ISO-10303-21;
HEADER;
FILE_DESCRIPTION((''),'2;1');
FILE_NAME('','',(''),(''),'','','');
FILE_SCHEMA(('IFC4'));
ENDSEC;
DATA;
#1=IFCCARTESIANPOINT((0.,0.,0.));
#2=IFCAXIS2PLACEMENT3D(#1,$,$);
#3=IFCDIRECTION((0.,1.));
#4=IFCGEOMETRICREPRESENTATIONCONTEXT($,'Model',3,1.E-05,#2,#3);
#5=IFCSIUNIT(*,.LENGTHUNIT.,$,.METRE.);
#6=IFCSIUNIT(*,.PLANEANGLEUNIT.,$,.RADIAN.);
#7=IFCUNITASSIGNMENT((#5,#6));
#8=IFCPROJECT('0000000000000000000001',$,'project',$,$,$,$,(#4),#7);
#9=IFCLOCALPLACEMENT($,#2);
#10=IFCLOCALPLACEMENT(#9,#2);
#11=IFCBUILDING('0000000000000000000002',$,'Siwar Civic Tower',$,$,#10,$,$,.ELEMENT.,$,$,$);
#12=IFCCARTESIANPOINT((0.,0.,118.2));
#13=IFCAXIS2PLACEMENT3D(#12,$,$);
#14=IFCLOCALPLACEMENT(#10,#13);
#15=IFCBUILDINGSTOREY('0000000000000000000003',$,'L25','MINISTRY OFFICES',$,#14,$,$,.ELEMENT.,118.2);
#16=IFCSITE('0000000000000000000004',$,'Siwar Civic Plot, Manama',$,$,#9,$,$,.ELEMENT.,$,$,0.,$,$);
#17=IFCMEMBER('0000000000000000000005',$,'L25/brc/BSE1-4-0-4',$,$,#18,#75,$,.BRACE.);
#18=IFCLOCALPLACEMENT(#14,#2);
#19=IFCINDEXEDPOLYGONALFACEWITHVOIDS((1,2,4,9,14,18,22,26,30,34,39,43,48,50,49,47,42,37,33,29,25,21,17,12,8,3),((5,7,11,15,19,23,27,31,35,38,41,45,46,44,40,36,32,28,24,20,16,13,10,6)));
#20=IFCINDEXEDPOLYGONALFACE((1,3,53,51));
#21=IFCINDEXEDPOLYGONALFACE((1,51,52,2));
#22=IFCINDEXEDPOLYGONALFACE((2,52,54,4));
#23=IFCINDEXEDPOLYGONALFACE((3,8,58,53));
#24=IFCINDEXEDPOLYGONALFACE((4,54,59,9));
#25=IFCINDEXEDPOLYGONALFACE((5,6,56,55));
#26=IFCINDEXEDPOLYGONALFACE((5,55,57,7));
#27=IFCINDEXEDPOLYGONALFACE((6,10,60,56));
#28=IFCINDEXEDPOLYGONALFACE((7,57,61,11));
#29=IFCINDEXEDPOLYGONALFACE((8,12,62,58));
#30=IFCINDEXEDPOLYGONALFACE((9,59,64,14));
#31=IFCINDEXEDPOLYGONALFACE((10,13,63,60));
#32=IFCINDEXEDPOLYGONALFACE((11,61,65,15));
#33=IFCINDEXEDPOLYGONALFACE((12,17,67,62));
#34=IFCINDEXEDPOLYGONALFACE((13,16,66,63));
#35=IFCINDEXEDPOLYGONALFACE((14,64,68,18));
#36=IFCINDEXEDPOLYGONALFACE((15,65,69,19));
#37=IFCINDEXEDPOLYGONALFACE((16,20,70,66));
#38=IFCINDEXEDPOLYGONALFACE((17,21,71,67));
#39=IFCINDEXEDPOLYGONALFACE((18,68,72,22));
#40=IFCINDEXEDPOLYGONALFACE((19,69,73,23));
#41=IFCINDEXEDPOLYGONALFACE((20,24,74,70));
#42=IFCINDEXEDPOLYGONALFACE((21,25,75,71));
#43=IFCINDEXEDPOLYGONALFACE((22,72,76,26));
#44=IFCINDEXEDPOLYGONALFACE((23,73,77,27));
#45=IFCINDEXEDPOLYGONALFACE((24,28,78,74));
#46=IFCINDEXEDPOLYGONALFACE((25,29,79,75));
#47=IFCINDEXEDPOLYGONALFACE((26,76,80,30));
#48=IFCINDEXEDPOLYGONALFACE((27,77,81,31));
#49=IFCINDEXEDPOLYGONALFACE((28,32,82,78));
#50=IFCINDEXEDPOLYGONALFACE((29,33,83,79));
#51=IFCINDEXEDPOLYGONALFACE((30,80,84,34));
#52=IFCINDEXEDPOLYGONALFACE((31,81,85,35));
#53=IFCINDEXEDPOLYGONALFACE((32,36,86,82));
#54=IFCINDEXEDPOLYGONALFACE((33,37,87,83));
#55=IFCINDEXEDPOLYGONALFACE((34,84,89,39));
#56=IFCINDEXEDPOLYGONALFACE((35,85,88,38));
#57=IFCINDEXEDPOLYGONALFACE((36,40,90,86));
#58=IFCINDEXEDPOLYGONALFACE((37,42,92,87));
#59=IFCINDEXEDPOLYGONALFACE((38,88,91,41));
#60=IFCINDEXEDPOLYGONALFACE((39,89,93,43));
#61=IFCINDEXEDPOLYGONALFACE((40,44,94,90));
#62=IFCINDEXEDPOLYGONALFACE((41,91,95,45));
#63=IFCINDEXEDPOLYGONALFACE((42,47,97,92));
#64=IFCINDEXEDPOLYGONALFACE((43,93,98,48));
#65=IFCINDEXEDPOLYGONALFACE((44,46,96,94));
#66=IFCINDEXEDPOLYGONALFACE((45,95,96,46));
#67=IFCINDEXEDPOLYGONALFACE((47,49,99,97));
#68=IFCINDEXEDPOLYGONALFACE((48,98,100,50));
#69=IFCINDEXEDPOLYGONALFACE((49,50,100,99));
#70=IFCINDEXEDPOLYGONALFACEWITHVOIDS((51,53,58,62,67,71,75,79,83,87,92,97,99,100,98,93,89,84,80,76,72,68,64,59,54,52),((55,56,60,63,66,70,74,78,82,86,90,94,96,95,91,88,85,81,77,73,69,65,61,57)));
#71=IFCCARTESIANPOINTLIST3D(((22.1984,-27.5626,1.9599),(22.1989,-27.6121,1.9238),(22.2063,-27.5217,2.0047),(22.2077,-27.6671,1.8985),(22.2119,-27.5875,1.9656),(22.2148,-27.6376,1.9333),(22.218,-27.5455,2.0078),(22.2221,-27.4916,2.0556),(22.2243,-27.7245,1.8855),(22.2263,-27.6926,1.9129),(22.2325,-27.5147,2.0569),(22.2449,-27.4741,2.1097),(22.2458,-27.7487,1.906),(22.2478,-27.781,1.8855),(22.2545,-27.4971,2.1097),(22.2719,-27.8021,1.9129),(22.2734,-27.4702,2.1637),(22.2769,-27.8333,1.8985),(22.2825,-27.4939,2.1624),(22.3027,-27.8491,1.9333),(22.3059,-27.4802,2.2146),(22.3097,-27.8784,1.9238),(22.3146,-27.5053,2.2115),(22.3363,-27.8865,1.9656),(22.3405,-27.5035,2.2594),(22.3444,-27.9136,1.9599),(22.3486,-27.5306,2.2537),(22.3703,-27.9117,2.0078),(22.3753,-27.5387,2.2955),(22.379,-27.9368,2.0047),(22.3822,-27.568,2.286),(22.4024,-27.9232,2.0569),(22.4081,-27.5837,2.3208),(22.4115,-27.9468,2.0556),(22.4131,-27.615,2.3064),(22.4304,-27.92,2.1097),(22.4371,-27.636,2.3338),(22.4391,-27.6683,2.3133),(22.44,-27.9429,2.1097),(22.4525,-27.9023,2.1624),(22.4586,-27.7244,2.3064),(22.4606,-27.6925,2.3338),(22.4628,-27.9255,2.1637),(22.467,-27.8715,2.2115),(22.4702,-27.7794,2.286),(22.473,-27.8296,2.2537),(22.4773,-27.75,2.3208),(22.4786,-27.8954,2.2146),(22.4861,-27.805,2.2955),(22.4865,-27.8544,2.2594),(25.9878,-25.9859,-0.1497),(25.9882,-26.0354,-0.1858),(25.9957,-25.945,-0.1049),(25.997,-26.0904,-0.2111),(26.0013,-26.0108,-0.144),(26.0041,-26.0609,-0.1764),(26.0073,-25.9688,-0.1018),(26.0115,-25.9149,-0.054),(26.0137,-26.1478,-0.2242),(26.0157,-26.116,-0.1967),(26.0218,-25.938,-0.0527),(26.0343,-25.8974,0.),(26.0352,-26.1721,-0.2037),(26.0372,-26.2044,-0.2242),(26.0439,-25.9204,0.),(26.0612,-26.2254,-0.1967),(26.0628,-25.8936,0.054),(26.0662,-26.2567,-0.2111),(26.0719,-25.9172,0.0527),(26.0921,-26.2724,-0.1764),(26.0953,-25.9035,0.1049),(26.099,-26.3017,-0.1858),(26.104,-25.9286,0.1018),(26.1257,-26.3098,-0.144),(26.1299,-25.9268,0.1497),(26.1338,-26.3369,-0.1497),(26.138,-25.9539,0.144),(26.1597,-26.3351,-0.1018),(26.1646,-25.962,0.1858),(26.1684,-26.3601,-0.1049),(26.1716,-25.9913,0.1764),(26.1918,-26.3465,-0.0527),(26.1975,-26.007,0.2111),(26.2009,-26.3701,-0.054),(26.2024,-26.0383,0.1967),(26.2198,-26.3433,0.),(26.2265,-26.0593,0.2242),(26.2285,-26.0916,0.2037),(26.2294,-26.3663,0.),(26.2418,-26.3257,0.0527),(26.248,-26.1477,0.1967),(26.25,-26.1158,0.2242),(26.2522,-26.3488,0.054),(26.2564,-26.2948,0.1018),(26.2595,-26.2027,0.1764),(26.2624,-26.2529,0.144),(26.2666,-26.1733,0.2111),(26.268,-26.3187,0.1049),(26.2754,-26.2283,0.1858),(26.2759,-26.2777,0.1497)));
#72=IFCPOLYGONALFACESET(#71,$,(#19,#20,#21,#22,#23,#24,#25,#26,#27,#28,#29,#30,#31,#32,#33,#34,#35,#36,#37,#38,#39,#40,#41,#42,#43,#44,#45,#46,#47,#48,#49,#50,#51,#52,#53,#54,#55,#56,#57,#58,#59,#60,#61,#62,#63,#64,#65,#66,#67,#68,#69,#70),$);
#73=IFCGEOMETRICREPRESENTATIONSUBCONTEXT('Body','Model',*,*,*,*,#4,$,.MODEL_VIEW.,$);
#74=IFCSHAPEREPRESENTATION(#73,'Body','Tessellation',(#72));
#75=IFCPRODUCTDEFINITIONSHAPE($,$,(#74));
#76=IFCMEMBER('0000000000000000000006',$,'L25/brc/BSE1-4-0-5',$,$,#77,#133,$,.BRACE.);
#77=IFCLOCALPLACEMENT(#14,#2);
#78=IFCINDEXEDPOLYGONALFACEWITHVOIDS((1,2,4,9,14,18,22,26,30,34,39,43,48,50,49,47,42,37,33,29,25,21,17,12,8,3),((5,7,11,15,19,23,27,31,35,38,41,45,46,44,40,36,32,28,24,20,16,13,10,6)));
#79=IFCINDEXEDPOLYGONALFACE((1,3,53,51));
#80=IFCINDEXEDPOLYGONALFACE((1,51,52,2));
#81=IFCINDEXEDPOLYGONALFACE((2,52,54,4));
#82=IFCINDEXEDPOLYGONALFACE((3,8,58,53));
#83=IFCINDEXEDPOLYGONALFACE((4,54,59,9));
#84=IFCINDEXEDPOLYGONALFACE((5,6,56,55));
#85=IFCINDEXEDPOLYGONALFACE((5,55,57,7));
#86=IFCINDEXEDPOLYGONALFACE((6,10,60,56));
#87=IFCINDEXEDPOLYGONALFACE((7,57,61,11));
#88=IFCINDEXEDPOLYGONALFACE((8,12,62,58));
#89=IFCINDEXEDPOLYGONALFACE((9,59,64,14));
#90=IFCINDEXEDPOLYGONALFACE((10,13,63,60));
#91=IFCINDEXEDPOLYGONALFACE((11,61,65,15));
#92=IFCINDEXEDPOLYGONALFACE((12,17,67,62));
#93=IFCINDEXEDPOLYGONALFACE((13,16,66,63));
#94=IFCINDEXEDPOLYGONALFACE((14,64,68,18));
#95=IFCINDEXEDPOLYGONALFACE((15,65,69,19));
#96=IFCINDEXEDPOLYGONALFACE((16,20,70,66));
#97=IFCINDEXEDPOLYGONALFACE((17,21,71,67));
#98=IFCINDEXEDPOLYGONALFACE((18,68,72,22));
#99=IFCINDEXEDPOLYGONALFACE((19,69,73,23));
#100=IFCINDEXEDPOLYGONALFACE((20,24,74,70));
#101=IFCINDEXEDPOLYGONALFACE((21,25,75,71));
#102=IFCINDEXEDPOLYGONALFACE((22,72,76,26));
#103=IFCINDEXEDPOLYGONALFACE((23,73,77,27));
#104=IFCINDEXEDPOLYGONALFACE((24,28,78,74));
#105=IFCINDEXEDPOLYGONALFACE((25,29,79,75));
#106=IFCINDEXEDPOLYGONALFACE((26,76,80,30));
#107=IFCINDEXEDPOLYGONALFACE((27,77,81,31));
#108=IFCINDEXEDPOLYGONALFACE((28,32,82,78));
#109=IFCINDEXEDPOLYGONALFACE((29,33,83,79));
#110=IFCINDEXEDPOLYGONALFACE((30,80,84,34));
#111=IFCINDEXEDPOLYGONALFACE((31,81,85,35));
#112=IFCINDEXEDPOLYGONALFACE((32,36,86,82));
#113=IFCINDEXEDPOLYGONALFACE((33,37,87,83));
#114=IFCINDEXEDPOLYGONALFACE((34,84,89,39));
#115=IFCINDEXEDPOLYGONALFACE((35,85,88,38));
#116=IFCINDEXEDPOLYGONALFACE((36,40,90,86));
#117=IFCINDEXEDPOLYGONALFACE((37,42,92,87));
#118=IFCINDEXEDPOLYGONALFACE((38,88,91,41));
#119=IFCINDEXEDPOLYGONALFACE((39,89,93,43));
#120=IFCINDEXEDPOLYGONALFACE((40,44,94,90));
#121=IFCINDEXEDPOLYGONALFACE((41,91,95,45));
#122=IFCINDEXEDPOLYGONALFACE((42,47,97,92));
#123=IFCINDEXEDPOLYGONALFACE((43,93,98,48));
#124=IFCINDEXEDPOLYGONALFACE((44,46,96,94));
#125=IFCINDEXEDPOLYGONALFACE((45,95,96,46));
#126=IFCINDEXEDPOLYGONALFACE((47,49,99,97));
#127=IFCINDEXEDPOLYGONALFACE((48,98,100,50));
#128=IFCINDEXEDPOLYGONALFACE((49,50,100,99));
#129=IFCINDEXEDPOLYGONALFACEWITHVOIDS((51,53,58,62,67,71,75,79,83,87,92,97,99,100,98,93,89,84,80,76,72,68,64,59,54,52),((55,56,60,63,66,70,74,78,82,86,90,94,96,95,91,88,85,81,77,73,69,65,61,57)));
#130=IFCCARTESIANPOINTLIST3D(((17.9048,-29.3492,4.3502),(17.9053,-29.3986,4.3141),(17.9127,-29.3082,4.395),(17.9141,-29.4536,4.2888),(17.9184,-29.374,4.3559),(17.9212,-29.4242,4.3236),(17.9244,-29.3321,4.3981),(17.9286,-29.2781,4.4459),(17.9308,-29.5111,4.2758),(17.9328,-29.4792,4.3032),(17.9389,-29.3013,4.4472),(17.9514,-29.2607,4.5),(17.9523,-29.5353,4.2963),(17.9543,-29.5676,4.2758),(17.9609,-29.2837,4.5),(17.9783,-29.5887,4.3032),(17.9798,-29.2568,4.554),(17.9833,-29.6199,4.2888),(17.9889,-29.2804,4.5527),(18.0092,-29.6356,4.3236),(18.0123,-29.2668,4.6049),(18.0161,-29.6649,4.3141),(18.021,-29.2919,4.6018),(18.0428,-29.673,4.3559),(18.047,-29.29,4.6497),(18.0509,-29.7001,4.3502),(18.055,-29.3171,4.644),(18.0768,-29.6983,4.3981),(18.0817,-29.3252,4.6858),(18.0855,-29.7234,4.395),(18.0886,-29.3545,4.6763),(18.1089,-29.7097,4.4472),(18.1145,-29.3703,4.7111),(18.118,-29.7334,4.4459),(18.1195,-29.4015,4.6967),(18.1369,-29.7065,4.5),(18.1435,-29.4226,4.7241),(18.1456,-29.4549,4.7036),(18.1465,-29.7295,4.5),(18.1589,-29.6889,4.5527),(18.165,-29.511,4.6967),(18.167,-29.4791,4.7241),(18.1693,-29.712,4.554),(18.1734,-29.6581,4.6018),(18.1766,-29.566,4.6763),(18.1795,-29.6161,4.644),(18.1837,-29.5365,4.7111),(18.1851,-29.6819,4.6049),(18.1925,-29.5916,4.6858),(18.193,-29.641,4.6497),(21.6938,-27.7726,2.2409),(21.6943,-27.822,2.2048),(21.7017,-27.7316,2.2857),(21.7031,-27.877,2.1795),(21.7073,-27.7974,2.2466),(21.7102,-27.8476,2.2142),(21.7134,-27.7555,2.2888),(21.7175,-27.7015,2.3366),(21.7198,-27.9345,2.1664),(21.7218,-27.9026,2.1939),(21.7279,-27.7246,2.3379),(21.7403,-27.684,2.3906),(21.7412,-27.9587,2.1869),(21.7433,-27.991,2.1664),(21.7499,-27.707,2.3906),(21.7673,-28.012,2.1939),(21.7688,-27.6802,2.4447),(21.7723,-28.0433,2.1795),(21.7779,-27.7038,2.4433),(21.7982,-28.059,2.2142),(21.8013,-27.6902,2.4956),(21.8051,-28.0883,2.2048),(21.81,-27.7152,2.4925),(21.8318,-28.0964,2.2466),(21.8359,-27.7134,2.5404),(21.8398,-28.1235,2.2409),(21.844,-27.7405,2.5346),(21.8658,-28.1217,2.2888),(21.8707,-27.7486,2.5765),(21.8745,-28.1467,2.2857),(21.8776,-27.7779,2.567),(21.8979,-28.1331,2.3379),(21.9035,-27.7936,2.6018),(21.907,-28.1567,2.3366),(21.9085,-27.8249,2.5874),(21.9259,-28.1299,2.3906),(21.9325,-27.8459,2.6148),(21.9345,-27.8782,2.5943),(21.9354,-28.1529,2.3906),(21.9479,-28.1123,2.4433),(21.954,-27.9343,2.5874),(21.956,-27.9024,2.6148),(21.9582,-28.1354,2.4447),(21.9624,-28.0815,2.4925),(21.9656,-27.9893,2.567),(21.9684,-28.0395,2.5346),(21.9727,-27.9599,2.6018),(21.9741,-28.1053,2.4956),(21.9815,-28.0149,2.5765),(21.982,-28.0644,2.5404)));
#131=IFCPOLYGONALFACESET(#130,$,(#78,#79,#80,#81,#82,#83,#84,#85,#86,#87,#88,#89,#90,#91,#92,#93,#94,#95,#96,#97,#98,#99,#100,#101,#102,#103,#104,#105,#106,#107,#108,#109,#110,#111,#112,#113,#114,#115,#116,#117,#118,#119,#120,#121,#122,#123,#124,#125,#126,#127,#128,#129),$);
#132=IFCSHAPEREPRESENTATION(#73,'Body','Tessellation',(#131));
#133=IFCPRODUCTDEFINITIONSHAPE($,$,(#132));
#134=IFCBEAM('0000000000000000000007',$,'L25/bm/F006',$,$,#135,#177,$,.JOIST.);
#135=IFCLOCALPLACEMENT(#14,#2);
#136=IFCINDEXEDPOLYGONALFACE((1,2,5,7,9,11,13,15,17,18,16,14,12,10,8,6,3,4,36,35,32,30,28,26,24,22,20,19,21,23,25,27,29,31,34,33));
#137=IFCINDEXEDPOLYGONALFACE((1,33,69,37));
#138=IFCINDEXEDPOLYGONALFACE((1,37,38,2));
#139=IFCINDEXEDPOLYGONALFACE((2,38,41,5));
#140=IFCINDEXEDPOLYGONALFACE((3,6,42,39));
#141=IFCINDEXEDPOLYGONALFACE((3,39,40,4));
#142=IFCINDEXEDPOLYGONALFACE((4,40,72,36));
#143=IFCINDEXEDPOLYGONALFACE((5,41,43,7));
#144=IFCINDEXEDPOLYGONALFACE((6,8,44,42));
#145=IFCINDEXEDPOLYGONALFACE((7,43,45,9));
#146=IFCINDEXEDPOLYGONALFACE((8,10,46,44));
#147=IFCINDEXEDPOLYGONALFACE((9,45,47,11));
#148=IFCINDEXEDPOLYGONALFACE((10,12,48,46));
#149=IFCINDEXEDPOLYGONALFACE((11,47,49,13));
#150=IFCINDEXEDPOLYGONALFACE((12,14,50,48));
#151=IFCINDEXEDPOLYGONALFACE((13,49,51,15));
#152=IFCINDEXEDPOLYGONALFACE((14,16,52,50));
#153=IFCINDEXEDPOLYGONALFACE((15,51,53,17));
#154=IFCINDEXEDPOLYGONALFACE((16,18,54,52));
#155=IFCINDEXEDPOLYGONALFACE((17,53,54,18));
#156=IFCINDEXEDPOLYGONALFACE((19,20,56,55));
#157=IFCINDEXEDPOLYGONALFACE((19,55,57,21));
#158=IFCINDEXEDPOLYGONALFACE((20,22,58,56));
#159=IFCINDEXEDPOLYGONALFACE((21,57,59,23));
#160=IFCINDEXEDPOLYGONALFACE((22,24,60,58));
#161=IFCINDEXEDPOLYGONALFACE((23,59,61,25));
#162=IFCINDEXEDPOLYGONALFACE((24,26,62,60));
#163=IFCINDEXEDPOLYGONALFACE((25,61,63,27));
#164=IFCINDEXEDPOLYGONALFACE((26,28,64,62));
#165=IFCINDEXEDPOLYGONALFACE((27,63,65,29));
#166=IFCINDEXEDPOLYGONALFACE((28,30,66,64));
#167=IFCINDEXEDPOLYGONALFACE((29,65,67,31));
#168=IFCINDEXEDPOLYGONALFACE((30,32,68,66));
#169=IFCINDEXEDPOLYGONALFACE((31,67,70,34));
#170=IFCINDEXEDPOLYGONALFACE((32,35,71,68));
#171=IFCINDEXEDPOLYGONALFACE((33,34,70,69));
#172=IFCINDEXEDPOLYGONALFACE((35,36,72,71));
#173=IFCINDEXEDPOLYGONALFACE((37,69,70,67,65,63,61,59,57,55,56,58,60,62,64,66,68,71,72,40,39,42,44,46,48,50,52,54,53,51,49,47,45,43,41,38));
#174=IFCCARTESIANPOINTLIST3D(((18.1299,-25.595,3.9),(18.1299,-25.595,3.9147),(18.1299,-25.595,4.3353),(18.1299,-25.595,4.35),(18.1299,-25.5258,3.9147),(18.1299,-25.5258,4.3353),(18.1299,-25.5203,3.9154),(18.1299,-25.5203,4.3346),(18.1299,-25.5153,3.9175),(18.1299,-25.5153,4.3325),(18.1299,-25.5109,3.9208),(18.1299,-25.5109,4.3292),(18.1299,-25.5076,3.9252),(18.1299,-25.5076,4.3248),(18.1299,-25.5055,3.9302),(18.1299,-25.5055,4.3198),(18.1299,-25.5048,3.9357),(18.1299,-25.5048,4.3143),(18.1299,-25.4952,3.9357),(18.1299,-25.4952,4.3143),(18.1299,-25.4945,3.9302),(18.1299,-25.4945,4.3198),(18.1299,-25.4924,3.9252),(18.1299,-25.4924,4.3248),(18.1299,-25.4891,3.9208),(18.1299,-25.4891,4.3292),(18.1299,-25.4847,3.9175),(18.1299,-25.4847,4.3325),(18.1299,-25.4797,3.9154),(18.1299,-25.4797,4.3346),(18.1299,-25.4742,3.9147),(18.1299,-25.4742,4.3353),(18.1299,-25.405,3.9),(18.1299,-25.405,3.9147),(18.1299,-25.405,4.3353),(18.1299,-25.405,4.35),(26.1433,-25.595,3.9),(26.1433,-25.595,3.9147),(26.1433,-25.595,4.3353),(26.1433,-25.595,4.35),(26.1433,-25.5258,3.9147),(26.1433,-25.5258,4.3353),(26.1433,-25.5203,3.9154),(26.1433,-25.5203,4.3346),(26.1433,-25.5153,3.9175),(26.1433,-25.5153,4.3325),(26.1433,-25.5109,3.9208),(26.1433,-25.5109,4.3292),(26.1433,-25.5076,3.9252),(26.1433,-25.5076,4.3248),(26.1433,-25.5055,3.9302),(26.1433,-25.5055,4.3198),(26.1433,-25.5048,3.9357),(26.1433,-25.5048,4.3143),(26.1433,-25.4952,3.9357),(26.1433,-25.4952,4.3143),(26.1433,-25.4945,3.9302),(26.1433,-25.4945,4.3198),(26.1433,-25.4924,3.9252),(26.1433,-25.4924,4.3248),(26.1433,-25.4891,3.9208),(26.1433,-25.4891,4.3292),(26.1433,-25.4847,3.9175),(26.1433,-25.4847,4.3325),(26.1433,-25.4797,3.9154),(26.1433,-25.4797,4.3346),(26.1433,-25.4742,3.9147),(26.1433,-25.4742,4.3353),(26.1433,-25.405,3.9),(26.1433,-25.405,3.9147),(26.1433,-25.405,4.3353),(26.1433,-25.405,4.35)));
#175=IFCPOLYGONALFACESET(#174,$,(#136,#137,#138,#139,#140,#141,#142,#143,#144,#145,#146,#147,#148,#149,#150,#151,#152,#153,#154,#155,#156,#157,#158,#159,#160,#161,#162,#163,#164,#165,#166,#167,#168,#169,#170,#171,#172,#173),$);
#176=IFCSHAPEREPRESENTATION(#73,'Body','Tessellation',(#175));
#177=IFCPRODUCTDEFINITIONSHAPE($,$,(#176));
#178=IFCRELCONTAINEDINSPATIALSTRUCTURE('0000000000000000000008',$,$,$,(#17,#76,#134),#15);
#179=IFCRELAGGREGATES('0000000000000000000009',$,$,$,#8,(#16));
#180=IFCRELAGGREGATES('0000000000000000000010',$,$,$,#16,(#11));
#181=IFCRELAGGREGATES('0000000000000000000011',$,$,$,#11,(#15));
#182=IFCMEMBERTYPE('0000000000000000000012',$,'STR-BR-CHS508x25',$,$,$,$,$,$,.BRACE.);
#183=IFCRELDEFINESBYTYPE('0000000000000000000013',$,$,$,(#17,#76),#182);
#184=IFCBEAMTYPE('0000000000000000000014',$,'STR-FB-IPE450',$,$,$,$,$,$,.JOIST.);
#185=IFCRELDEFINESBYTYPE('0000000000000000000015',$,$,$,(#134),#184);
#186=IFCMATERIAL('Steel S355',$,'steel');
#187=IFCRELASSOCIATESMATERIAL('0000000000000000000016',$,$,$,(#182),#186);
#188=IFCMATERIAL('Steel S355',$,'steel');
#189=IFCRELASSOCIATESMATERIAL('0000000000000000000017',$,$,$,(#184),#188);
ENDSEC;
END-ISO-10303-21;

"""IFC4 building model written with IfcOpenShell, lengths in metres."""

from ifc_helpers import new_model, si_unit, direction, frame, origin, origin_2d, place, context, subcontext, project, spatial, hollow_circle, i_section, extrude, material, material_profile, profile_set, type_object, element, save


model = new_model("IFC4")

# Units and contexts
model_context = context("Model", 3, precision=1e-05, world=origin(), true_north=direction((0.0, 1.0)))
body_context = subcontext(model_context, "Body", "Model", "MODEL_VIEW")
ifc_project = project(units=[si_unit("LENGTHUNIT", "METRE"), si_unit("PLANEANGLEUNIT", "RADIAN")], contexts=[model_context])

# Site, building, storey
site_placement = place(None, origin())
site = spatial("IfcSite", under=ifc_project, at=site_placement, Name="Siwar Civic Plot, Manama", CompositionType="ELEMENT", RefElevation=0.0)
building_placement = place(site_placement, origin())
building = spatial("IfcBuilding", under=site, at=building_placement, Name="Siwar Civic Tower", CompositionType="ELEMENT")
storey_placement = place(building_placement, frame((0.0, 0.0, 118.2)))
storey = spatial("IfcBuildingStorey", under=building, at=storey_placement, Name="L25", Description="MINISTRY OFFICES", CompositionType="ELEMENT", Elevation=118.2)

# Members
ifc_material_1 = material(Name="Steel S355", Category="steel")
ifc_material_profile_1 = material_profile(ifc_material_1, hollow_circle(Radius=0.2539, WallThickness=0.0249, at=origin_2d()), Name="CHS508x25")
ifc_profile_set_1 = profile_set([ifc_material_profile_1], Name="Steel S355")
member_type_1 = type_object("IfcMemberType", Name="STR-BR-CHS508x25", PredefinedType="BRACE", material=ifc_profile_set_1)
member_1_placement = place(storey_placement, frame((26.1318, -26.1318, 0.0), z_axis=(-0.821143, -0.341662, 0.457155), x_axis=(0.384155, -0.923269, 0.0)))
element("IfcMember", 1, at=member_1_placement, inside=storey, type_object=member_type_1, Name="L25/brc/BSE1-4-0-4", PredefinedType="BRACE", context=body_context, shape_type="SweptSolid", body=[
    extrude(hollow_circle(Radius=0.2539, WallThickness=0.0249, at=origin_2d()), origin(), (0.0, 0.0, 1.0), 4.6147),
])
member_2_placement = place(storey_placement, frame((21.8379, -27.9185, 2.3906), z_axis=(-0.821146, -0.341686, 0.457133), x_axis=(0.384176, -0.92326, 0.0)))
element("IfcMember", 2, at=member_2_placement, inside=storey, type_object=member_type_1, Name="L25/brc/BSE1-4-0-5", PredefinedType="BRACE", context=body_context, shape_type="SweptSolid", body=[
    extrude(hollow_circle(Radius=0.2539, WallThickness=0.0249, at=origin_2d()), origin(), (0.0, 0.0, 1.0), 4.6143),
])

# Beam
ifc_material_2 = material(Name="Steel S355", Category="steel")
ifc_material_profile_2 = material_profile(ifc_material_2, i_section(OverallWidth=0.1899, OverallDepth=0.45, WebThickness=0.0095, FlangeThickness=0.0146, FilletRadius=0.021, at=origin_2d()), Name="IPE450")
ifc_profile_set_2 = profile_set([ifc_material_profile_2], Name="Steel S355")
beam_type_1 = type_object("IfcBeamType", Name="STR-FB-IPE450", PredefinedType="JOIST", material=ifc_profile_set_2)
beam_1_placement = place(storey_placement, frame((18.1299, -25.5, 4.125), z_axis=(1.0, 0.0, 0.0), x_axis=(0.0, 1.0, 0.0)))
element("IfcBeam", 3, at=beam_1_placement, inside=storey, type_object=beam_type_1, Name="L25/bm/F006", PredefinedType="JOIST", context=body_context, shape_type="SweptSolid", body=[
    extrude(i_section(OverallWidth=0.1899, OverallDepth=0.45, WebThickness=0.0095, FlangeThickness=0.0146, FilletRadius=0.021, at=origin_2d()), origin(), (0.0, 0.0, 1.0), 8.0134),
])

save(model, "model.ifc")
